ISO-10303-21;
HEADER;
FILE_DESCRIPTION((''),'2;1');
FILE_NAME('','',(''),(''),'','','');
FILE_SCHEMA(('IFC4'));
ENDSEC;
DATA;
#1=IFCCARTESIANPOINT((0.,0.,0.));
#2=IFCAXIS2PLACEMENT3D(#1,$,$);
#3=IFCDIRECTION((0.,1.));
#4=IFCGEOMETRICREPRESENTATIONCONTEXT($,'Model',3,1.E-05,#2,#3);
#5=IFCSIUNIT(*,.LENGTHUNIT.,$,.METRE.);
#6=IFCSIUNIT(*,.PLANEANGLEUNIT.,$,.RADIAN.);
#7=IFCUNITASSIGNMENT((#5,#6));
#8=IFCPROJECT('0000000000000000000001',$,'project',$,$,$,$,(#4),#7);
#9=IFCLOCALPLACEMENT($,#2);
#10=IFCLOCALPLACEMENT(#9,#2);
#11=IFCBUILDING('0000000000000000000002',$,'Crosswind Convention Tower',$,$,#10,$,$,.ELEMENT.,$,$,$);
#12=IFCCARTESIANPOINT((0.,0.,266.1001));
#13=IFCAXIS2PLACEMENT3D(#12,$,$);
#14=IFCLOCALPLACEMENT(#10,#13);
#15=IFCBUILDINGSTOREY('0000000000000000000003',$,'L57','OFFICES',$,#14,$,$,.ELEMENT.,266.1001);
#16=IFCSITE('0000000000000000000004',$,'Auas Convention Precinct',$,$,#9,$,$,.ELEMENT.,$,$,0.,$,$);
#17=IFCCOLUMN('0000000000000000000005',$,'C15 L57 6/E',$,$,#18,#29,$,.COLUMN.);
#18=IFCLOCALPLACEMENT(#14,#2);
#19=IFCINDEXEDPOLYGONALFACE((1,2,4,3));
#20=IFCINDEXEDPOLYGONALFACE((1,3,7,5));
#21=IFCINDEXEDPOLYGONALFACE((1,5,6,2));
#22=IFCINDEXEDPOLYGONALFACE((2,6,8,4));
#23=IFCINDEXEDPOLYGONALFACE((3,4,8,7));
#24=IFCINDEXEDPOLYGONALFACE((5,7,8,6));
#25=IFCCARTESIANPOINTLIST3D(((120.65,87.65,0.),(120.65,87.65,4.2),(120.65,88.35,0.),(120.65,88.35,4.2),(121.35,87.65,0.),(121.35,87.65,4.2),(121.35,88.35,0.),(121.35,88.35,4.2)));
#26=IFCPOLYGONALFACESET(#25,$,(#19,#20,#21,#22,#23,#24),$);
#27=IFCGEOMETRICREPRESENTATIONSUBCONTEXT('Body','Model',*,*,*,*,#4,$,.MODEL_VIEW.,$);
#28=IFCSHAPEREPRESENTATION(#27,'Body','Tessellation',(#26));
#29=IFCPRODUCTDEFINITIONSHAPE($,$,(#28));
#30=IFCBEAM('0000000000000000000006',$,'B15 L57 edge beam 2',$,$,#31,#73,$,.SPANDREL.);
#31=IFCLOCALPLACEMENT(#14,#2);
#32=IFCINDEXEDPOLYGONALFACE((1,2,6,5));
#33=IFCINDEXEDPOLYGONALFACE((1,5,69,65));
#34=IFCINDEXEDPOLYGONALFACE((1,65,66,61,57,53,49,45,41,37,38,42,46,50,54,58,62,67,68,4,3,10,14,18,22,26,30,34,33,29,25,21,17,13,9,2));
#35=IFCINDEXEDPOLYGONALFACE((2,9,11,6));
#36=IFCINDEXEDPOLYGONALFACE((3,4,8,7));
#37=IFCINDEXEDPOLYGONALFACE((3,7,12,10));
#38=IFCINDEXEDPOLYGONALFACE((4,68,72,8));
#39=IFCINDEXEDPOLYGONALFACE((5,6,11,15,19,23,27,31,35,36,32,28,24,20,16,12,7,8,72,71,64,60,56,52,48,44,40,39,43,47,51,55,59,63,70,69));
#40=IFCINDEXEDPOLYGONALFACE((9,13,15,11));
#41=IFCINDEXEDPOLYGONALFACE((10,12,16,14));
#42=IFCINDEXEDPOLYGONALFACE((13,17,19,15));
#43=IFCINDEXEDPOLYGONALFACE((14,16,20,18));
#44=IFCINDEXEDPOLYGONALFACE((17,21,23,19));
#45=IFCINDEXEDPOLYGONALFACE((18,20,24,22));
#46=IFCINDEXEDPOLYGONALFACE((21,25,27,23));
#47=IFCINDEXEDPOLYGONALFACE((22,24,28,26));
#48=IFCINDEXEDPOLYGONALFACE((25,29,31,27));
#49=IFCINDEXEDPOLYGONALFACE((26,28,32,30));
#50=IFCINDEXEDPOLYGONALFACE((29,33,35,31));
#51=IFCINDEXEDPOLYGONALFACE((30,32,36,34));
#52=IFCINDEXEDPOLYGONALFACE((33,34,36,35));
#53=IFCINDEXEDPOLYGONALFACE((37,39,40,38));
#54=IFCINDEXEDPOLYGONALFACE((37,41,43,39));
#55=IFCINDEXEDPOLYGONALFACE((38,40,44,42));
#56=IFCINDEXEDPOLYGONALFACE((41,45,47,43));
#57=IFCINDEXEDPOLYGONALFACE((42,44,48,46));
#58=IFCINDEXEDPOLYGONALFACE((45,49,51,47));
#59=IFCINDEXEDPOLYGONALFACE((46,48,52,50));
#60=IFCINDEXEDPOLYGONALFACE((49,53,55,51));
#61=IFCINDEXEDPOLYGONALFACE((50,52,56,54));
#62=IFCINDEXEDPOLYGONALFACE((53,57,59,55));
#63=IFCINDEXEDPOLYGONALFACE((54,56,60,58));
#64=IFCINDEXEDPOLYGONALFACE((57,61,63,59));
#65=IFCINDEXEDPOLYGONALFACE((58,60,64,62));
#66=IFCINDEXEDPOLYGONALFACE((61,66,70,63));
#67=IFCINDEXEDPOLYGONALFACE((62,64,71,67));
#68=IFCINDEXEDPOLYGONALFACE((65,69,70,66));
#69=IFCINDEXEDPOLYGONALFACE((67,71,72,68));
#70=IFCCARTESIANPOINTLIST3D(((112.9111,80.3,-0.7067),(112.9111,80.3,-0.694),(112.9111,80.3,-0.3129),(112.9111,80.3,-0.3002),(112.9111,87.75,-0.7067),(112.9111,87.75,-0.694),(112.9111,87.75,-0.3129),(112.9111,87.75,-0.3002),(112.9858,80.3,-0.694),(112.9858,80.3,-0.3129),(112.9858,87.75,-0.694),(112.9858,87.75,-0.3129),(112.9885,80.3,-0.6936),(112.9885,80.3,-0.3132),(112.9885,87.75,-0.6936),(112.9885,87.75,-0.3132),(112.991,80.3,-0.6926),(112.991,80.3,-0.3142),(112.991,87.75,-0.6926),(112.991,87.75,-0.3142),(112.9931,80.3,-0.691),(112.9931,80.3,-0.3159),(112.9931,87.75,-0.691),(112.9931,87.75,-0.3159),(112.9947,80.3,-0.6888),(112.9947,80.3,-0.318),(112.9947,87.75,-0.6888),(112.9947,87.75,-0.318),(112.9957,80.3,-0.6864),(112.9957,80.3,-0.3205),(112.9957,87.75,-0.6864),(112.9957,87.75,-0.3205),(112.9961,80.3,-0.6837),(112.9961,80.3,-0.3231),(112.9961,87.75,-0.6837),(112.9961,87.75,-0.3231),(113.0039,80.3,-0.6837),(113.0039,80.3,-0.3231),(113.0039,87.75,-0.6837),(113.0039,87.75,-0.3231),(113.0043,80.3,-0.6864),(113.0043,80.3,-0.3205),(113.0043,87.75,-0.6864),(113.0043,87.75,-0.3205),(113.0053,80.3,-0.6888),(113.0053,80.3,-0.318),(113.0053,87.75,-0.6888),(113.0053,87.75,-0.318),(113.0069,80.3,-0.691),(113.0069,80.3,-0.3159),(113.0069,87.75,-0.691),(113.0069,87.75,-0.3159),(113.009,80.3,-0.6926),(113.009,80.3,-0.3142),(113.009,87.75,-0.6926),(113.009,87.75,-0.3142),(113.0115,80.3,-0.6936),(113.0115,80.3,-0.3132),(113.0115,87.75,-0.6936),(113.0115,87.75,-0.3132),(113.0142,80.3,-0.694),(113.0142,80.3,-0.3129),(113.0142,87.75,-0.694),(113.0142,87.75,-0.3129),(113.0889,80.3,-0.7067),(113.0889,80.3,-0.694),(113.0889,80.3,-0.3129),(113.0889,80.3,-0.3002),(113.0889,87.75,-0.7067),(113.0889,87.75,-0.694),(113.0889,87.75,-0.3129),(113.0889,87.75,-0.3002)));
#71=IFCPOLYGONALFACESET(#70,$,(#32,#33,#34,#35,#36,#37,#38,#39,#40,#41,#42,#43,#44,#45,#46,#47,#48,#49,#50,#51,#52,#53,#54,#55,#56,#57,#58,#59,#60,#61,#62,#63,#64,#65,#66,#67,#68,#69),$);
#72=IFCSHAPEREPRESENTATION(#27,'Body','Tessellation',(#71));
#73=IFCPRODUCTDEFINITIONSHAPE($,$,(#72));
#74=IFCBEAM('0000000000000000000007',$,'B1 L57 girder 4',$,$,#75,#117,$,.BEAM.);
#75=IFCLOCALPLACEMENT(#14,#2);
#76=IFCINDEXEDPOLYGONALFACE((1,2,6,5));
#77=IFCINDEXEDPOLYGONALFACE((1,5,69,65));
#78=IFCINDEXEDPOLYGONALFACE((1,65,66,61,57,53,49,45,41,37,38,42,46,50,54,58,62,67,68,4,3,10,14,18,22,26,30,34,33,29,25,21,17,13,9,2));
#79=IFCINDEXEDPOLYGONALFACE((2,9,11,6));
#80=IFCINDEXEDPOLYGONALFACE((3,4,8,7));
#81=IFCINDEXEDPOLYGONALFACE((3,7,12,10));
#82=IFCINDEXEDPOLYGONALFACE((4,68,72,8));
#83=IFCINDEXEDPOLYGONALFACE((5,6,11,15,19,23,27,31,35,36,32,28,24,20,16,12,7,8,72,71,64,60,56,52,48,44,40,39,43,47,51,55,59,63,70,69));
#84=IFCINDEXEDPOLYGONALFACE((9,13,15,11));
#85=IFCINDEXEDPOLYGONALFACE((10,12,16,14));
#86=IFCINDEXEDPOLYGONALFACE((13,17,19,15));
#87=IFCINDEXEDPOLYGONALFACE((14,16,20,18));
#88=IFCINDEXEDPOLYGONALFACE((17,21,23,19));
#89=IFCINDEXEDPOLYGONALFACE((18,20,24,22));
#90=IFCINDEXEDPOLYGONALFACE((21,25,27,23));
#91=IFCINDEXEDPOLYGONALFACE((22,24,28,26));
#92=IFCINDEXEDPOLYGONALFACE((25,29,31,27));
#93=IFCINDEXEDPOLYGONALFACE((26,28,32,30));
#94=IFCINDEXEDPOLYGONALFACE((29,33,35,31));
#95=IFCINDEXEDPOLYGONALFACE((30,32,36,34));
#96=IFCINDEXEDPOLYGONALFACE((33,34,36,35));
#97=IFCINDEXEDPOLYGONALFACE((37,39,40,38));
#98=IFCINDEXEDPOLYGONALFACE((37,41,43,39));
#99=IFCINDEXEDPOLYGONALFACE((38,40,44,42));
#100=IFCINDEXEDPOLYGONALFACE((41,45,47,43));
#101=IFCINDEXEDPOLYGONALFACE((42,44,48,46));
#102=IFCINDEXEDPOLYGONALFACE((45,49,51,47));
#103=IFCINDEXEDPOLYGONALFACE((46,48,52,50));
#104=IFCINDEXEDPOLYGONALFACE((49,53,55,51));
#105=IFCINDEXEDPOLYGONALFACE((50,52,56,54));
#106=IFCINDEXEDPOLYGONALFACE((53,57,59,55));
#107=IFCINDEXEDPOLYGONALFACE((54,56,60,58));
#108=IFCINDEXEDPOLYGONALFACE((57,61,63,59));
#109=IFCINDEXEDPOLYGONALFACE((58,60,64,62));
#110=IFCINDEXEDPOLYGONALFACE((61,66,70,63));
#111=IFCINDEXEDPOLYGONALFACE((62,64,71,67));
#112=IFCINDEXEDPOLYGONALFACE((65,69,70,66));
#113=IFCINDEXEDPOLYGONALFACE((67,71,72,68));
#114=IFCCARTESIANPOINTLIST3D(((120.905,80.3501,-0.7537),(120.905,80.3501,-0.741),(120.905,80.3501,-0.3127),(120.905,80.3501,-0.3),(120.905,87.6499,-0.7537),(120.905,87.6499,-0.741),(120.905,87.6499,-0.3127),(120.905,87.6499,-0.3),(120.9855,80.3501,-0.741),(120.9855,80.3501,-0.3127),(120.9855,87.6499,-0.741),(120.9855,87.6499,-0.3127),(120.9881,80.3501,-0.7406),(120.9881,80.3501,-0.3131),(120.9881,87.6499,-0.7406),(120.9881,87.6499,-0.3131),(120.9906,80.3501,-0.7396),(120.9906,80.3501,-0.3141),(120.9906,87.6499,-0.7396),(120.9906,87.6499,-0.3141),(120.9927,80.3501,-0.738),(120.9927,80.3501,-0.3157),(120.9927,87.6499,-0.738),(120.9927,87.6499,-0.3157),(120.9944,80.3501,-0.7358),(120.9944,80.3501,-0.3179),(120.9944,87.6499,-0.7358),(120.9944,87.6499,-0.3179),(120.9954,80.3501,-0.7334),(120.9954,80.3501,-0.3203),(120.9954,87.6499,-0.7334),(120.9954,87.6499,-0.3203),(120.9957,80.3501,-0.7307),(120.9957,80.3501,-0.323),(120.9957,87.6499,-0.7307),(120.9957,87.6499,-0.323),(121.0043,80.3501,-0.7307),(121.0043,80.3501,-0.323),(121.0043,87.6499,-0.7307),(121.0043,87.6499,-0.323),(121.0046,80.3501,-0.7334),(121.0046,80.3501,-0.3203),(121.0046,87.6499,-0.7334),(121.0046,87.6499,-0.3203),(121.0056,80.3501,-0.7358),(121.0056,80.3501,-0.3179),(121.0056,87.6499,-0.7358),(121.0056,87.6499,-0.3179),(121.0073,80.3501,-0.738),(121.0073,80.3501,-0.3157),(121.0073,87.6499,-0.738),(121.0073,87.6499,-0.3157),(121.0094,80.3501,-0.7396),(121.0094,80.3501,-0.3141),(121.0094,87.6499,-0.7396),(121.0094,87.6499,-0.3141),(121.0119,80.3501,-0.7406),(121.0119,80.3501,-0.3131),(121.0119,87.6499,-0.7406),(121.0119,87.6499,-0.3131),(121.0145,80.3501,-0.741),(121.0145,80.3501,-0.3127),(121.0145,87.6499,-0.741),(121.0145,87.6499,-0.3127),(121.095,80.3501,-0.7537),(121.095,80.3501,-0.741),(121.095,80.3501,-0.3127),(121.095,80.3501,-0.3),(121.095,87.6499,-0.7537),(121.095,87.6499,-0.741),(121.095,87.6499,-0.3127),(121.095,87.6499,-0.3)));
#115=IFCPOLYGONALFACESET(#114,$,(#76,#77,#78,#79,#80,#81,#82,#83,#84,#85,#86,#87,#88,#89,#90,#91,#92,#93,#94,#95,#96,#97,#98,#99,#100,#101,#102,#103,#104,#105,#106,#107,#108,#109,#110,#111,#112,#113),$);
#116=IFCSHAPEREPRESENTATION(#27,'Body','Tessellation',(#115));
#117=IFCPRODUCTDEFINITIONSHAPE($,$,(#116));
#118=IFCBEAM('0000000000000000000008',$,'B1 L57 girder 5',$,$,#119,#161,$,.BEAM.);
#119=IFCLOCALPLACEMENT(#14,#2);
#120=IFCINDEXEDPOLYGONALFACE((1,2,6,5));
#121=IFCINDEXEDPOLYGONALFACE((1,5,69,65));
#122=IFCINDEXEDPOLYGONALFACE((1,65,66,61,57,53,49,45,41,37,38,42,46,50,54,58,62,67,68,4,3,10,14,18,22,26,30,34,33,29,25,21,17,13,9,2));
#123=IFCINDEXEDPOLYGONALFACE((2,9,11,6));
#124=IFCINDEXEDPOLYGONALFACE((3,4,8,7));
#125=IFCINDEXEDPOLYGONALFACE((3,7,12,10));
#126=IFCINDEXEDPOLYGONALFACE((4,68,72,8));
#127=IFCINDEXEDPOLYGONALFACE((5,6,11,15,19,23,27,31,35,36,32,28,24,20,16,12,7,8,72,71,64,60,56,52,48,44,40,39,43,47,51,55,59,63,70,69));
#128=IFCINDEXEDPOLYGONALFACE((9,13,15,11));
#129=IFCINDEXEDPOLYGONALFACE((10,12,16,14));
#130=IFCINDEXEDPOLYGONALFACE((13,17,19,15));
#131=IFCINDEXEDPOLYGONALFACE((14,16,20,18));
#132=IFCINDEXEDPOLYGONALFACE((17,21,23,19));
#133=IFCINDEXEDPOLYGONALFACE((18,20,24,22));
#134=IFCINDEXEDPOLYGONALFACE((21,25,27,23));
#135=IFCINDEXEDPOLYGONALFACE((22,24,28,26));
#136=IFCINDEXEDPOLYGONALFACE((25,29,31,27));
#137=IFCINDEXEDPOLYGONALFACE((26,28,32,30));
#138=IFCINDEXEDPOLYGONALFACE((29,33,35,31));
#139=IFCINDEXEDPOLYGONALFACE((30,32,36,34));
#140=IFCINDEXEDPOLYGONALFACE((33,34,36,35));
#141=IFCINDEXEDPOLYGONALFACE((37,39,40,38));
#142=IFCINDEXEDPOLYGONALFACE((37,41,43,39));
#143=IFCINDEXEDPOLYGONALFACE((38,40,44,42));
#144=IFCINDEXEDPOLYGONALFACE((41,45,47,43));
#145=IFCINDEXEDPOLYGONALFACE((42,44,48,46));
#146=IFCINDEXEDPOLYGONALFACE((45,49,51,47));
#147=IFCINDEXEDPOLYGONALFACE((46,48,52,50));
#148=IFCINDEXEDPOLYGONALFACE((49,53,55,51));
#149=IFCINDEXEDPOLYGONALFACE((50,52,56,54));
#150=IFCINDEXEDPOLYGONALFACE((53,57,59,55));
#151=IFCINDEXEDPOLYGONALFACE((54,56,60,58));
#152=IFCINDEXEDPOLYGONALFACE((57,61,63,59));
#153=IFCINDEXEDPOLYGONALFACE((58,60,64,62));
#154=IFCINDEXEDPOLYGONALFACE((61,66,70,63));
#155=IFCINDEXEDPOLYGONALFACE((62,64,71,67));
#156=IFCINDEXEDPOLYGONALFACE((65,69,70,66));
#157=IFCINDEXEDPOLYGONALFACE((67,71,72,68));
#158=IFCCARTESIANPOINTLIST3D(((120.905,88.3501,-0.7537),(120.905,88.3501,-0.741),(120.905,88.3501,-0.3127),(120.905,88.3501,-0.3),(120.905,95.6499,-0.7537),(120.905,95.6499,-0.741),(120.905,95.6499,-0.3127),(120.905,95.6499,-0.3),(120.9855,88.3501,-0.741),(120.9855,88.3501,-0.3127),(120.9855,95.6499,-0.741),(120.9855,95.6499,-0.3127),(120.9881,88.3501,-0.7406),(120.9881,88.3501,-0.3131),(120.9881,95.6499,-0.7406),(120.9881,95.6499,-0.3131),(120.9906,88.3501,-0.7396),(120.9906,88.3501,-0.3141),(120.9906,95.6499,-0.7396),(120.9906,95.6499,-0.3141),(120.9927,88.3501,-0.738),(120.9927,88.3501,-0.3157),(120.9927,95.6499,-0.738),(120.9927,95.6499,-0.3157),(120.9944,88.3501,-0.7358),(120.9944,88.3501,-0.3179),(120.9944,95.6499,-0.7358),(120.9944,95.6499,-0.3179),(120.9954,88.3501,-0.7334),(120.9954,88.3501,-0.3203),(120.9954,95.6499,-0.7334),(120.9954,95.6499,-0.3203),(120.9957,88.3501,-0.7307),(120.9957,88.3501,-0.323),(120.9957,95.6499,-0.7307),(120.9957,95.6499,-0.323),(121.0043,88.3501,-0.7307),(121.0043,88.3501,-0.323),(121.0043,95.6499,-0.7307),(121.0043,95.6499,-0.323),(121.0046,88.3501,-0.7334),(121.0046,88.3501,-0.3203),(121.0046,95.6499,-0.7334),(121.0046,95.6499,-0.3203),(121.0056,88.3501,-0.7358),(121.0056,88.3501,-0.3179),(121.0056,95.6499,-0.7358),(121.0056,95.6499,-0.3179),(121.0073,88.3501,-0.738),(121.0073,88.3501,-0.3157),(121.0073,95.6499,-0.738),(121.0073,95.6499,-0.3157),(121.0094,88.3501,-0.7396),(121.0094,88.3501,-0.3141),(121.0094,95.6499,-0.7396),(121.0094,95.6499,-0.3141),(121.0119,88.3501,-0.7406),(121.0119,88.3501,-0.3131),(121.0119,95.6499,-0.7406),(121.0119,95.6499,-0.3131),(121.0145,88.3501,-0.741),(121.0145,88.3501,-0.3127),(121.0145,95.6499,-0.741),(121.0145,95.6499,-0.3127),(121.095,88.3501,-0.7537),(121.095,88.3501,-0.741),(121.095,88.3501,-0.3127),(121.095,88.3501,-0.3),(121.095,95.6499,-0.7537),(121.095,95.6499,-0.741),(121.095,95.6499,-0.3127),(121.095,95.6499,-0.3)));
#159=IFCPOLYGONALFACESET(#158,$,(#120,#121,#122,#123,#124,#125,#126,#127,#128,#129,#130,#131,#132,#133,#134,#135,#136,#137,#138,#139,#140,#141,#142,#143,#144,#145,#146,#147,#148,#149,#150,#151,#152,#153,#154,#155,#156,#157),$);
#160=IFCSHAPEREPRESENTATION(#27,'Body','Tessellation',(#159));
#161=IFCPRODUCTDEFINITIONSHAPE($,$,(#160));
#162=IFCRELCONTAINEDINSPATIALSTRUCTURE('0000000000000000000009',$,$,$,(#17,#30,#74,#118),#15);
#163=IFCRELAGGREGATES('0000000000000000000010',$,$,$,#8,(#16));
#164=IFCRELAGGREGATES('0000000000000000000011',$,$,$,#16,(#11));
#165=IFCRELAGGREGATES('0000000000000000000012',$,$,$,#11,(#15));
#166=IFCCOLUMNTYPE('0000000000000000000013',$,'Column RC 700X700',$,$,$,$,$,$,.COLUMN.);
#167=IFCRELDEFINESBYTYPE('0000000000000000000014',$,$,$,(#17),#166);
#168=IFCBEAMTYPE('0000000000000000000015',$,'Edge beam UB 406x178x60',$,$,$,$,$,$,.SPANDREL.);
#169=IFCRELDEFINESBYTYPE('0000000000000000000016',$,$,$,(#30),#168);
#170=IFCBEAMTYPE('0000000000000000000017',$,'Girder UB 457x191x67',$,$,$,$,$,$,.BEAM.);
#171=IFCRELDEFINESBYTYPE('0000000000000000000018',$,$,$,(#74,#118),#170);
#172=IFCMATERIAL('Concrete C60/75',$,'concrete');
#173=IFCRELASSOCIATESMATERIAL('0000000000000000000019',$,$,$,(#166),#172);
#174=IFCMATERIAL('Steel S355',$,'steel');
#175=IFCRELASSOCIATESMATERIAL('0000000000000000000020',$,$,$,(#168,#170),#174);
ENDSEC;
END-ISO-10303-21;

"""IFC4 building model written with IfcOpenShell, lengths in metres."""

from ifc_helpers import new_model, si_unit, direction, frame, origin, origin_2d, place, context, subcontext, project, spatial, rectangle, i_section, extrude, material, material_profile, profile_set, type_object, element, save


model = new_model("IFC4")

# Units and contexts
model_context = context("Model", 3, precision=1e-05, world=origin(), true_north=direction((0.0, 1.0)))
body_context = subcontext(model_context, "Body", "Model", "MODEL_VIEW")
ifc_project = project(units=[si_unit("LENGTHUNIT", "METRE"), si_unit("PLANEANGLEUNIT", "RADIAN")], contexts=[model_context])

# Site, building, storey
site_placement = place(None, origin())
site = spatial("IfcSite", under=ifc_project, at=site_placement, Name="Auas Convention Precinct", CompositionType="ELEMENT", RefElevation=0.0)
building_placement = place(site_placement, origin())
building = spatial("IfcBuilding", under=site, at=building_placement, Name="Crosswind Convention Tower", CompositionType="ELEMENT")
storey_placement = place(building_placement, frame((0.0, 0.0, 266.1001)))
storey = spatial("IfcBuildingStorey", under=building, at=storey_placement, Name="L57", Description="OFFICES", CompositionType="ELEMENT", Elevation=266.1001)

# Column
ifc_material_1 = material(Name="Concrete C60/75", Category="concrete")
ifc_material_profile_1 = material_profile(ifc_material_1, rectangle(XDim=0.7, YDim=0.7, at=origin_2d()), Name="RC 700X700")
ifc_profile_set_1 = profile_set([ifc_material_profile_1], Name="Concrete C60/75")
column_type = type_object("IfcColumnType", Name="Column RC 700X700", PredefinedType="COLUMN", material=ifc_profile_set_1)
column_placement = place(storey_placement, frame((121.0, 88.0, 0.0), z_axis=(0.0, 0.0, 1.0), x_axis=(1.0, 0.0, 0.0)))
element("IfcColumn", 1, at=column_placement, inside=storey, type_object=column_type, Name="C15 L57 6/E", PredefinedType="COLUMN", context=body_context, shape_type="SweptSolid", body=[
    extrude(rectangle(XDim=0.7, YDim=0.7, at=origin_2d()), origin(), (0.0, 0.0, 1.0), 4.2),
])

# Beams
ifc_material_2 = material(Name="Steel S355", Category="steel")
ifc_material_profile_2 = material_profile(ifc_material_2, i_section(OverallWidth=0.1777, OverallDepth=0.4065, WebThickness=0.0078, FlangeThickness=0.0127, FilletRadius=0.0103, at=origin_2d()), Name="UB 406x178x60")
ifc_profile_set_2 = profile_set([ifc_material_profile_2], Name="Steel S355")
beam_type_1 = type_object("IfcBeamType", Name="Edge beam UB 406x178x60", PredefinedType="SPANDREL", material=ifc_profile_set_2)
beam_1_placement = place(storey_placement, frame((113.0, 80.3, -0.5034), z_axis=(0.0, 1.0, 0.0), x_axis=(-1.0, 0.0, 0.0)))
element("IfcBeam", 2, at=beam_1_placement, inside=storey, type_object=beam_type_1, Name="B15 L57 edge beam 2", PredefinedType="SPANDREL", context=body_context, shape_type="SweptSolid", body=[
    extrude(i_section(OverallWidth=0.1777, OverallDepth=0.4065, WebThickness=0.0078, FlangeThickness=0.0127, FilletRadius=0.0103, at=origin_2d()), origin(), (0.0, 0.0, 1.0), 7.45),
])
ifc_material_profile_3 = material_profile(ifc_material_2, i_section(OverallWidth=0.1899, OverallDepth=0.4536, WebThickness=0.0085, FlangeThickness=0.0127, FilletRadius=0.0103, at=origin_2d()), Name="UB 457x191x67")
ifc_profile_set_3 = profile_set([ifc_material_profile_3], Name="Steel S355")
beam_type_2 = type_object("IfcBeamType", Name="Girder UB 457x191x67", PredefinedType="BEAM", material=ifc_profile_set_3)
for number, where, z_axis, x_axis, name in (
    (3, (121.0, 80.3501, -0.5269), (0.0, 1.0, 0.0), (-1.0, 0.0, 0.0), "B1 L57 girder 4"),
    (4, (121.0, 88.3501, -0.5269), (0.0, 1.0, 0.0), (-1.0, 0.0, 0.0), "B1 L57 girder 5"),
):
    element("IfcBeam", number, at=place(storey_placement, frame(where, z_axis=z_axis, x_axis=x_axis)), inside=storey, type_object=beam_type_2, Name=name, PredefinedType="BEAM", context=body_context, shape_type="SweptSolid", body=[
        extrude(i_section(OverallWidth=0.1899, OverallDepth=0.4536, WebThickness=0.0085, FlangeThickness=0.0127, FilletRadius=0.0103, at=origin_2d()), origin(), (0.0, 0.0, 1.0), 7.2998),
    ])

save(model, "model.ifc")
